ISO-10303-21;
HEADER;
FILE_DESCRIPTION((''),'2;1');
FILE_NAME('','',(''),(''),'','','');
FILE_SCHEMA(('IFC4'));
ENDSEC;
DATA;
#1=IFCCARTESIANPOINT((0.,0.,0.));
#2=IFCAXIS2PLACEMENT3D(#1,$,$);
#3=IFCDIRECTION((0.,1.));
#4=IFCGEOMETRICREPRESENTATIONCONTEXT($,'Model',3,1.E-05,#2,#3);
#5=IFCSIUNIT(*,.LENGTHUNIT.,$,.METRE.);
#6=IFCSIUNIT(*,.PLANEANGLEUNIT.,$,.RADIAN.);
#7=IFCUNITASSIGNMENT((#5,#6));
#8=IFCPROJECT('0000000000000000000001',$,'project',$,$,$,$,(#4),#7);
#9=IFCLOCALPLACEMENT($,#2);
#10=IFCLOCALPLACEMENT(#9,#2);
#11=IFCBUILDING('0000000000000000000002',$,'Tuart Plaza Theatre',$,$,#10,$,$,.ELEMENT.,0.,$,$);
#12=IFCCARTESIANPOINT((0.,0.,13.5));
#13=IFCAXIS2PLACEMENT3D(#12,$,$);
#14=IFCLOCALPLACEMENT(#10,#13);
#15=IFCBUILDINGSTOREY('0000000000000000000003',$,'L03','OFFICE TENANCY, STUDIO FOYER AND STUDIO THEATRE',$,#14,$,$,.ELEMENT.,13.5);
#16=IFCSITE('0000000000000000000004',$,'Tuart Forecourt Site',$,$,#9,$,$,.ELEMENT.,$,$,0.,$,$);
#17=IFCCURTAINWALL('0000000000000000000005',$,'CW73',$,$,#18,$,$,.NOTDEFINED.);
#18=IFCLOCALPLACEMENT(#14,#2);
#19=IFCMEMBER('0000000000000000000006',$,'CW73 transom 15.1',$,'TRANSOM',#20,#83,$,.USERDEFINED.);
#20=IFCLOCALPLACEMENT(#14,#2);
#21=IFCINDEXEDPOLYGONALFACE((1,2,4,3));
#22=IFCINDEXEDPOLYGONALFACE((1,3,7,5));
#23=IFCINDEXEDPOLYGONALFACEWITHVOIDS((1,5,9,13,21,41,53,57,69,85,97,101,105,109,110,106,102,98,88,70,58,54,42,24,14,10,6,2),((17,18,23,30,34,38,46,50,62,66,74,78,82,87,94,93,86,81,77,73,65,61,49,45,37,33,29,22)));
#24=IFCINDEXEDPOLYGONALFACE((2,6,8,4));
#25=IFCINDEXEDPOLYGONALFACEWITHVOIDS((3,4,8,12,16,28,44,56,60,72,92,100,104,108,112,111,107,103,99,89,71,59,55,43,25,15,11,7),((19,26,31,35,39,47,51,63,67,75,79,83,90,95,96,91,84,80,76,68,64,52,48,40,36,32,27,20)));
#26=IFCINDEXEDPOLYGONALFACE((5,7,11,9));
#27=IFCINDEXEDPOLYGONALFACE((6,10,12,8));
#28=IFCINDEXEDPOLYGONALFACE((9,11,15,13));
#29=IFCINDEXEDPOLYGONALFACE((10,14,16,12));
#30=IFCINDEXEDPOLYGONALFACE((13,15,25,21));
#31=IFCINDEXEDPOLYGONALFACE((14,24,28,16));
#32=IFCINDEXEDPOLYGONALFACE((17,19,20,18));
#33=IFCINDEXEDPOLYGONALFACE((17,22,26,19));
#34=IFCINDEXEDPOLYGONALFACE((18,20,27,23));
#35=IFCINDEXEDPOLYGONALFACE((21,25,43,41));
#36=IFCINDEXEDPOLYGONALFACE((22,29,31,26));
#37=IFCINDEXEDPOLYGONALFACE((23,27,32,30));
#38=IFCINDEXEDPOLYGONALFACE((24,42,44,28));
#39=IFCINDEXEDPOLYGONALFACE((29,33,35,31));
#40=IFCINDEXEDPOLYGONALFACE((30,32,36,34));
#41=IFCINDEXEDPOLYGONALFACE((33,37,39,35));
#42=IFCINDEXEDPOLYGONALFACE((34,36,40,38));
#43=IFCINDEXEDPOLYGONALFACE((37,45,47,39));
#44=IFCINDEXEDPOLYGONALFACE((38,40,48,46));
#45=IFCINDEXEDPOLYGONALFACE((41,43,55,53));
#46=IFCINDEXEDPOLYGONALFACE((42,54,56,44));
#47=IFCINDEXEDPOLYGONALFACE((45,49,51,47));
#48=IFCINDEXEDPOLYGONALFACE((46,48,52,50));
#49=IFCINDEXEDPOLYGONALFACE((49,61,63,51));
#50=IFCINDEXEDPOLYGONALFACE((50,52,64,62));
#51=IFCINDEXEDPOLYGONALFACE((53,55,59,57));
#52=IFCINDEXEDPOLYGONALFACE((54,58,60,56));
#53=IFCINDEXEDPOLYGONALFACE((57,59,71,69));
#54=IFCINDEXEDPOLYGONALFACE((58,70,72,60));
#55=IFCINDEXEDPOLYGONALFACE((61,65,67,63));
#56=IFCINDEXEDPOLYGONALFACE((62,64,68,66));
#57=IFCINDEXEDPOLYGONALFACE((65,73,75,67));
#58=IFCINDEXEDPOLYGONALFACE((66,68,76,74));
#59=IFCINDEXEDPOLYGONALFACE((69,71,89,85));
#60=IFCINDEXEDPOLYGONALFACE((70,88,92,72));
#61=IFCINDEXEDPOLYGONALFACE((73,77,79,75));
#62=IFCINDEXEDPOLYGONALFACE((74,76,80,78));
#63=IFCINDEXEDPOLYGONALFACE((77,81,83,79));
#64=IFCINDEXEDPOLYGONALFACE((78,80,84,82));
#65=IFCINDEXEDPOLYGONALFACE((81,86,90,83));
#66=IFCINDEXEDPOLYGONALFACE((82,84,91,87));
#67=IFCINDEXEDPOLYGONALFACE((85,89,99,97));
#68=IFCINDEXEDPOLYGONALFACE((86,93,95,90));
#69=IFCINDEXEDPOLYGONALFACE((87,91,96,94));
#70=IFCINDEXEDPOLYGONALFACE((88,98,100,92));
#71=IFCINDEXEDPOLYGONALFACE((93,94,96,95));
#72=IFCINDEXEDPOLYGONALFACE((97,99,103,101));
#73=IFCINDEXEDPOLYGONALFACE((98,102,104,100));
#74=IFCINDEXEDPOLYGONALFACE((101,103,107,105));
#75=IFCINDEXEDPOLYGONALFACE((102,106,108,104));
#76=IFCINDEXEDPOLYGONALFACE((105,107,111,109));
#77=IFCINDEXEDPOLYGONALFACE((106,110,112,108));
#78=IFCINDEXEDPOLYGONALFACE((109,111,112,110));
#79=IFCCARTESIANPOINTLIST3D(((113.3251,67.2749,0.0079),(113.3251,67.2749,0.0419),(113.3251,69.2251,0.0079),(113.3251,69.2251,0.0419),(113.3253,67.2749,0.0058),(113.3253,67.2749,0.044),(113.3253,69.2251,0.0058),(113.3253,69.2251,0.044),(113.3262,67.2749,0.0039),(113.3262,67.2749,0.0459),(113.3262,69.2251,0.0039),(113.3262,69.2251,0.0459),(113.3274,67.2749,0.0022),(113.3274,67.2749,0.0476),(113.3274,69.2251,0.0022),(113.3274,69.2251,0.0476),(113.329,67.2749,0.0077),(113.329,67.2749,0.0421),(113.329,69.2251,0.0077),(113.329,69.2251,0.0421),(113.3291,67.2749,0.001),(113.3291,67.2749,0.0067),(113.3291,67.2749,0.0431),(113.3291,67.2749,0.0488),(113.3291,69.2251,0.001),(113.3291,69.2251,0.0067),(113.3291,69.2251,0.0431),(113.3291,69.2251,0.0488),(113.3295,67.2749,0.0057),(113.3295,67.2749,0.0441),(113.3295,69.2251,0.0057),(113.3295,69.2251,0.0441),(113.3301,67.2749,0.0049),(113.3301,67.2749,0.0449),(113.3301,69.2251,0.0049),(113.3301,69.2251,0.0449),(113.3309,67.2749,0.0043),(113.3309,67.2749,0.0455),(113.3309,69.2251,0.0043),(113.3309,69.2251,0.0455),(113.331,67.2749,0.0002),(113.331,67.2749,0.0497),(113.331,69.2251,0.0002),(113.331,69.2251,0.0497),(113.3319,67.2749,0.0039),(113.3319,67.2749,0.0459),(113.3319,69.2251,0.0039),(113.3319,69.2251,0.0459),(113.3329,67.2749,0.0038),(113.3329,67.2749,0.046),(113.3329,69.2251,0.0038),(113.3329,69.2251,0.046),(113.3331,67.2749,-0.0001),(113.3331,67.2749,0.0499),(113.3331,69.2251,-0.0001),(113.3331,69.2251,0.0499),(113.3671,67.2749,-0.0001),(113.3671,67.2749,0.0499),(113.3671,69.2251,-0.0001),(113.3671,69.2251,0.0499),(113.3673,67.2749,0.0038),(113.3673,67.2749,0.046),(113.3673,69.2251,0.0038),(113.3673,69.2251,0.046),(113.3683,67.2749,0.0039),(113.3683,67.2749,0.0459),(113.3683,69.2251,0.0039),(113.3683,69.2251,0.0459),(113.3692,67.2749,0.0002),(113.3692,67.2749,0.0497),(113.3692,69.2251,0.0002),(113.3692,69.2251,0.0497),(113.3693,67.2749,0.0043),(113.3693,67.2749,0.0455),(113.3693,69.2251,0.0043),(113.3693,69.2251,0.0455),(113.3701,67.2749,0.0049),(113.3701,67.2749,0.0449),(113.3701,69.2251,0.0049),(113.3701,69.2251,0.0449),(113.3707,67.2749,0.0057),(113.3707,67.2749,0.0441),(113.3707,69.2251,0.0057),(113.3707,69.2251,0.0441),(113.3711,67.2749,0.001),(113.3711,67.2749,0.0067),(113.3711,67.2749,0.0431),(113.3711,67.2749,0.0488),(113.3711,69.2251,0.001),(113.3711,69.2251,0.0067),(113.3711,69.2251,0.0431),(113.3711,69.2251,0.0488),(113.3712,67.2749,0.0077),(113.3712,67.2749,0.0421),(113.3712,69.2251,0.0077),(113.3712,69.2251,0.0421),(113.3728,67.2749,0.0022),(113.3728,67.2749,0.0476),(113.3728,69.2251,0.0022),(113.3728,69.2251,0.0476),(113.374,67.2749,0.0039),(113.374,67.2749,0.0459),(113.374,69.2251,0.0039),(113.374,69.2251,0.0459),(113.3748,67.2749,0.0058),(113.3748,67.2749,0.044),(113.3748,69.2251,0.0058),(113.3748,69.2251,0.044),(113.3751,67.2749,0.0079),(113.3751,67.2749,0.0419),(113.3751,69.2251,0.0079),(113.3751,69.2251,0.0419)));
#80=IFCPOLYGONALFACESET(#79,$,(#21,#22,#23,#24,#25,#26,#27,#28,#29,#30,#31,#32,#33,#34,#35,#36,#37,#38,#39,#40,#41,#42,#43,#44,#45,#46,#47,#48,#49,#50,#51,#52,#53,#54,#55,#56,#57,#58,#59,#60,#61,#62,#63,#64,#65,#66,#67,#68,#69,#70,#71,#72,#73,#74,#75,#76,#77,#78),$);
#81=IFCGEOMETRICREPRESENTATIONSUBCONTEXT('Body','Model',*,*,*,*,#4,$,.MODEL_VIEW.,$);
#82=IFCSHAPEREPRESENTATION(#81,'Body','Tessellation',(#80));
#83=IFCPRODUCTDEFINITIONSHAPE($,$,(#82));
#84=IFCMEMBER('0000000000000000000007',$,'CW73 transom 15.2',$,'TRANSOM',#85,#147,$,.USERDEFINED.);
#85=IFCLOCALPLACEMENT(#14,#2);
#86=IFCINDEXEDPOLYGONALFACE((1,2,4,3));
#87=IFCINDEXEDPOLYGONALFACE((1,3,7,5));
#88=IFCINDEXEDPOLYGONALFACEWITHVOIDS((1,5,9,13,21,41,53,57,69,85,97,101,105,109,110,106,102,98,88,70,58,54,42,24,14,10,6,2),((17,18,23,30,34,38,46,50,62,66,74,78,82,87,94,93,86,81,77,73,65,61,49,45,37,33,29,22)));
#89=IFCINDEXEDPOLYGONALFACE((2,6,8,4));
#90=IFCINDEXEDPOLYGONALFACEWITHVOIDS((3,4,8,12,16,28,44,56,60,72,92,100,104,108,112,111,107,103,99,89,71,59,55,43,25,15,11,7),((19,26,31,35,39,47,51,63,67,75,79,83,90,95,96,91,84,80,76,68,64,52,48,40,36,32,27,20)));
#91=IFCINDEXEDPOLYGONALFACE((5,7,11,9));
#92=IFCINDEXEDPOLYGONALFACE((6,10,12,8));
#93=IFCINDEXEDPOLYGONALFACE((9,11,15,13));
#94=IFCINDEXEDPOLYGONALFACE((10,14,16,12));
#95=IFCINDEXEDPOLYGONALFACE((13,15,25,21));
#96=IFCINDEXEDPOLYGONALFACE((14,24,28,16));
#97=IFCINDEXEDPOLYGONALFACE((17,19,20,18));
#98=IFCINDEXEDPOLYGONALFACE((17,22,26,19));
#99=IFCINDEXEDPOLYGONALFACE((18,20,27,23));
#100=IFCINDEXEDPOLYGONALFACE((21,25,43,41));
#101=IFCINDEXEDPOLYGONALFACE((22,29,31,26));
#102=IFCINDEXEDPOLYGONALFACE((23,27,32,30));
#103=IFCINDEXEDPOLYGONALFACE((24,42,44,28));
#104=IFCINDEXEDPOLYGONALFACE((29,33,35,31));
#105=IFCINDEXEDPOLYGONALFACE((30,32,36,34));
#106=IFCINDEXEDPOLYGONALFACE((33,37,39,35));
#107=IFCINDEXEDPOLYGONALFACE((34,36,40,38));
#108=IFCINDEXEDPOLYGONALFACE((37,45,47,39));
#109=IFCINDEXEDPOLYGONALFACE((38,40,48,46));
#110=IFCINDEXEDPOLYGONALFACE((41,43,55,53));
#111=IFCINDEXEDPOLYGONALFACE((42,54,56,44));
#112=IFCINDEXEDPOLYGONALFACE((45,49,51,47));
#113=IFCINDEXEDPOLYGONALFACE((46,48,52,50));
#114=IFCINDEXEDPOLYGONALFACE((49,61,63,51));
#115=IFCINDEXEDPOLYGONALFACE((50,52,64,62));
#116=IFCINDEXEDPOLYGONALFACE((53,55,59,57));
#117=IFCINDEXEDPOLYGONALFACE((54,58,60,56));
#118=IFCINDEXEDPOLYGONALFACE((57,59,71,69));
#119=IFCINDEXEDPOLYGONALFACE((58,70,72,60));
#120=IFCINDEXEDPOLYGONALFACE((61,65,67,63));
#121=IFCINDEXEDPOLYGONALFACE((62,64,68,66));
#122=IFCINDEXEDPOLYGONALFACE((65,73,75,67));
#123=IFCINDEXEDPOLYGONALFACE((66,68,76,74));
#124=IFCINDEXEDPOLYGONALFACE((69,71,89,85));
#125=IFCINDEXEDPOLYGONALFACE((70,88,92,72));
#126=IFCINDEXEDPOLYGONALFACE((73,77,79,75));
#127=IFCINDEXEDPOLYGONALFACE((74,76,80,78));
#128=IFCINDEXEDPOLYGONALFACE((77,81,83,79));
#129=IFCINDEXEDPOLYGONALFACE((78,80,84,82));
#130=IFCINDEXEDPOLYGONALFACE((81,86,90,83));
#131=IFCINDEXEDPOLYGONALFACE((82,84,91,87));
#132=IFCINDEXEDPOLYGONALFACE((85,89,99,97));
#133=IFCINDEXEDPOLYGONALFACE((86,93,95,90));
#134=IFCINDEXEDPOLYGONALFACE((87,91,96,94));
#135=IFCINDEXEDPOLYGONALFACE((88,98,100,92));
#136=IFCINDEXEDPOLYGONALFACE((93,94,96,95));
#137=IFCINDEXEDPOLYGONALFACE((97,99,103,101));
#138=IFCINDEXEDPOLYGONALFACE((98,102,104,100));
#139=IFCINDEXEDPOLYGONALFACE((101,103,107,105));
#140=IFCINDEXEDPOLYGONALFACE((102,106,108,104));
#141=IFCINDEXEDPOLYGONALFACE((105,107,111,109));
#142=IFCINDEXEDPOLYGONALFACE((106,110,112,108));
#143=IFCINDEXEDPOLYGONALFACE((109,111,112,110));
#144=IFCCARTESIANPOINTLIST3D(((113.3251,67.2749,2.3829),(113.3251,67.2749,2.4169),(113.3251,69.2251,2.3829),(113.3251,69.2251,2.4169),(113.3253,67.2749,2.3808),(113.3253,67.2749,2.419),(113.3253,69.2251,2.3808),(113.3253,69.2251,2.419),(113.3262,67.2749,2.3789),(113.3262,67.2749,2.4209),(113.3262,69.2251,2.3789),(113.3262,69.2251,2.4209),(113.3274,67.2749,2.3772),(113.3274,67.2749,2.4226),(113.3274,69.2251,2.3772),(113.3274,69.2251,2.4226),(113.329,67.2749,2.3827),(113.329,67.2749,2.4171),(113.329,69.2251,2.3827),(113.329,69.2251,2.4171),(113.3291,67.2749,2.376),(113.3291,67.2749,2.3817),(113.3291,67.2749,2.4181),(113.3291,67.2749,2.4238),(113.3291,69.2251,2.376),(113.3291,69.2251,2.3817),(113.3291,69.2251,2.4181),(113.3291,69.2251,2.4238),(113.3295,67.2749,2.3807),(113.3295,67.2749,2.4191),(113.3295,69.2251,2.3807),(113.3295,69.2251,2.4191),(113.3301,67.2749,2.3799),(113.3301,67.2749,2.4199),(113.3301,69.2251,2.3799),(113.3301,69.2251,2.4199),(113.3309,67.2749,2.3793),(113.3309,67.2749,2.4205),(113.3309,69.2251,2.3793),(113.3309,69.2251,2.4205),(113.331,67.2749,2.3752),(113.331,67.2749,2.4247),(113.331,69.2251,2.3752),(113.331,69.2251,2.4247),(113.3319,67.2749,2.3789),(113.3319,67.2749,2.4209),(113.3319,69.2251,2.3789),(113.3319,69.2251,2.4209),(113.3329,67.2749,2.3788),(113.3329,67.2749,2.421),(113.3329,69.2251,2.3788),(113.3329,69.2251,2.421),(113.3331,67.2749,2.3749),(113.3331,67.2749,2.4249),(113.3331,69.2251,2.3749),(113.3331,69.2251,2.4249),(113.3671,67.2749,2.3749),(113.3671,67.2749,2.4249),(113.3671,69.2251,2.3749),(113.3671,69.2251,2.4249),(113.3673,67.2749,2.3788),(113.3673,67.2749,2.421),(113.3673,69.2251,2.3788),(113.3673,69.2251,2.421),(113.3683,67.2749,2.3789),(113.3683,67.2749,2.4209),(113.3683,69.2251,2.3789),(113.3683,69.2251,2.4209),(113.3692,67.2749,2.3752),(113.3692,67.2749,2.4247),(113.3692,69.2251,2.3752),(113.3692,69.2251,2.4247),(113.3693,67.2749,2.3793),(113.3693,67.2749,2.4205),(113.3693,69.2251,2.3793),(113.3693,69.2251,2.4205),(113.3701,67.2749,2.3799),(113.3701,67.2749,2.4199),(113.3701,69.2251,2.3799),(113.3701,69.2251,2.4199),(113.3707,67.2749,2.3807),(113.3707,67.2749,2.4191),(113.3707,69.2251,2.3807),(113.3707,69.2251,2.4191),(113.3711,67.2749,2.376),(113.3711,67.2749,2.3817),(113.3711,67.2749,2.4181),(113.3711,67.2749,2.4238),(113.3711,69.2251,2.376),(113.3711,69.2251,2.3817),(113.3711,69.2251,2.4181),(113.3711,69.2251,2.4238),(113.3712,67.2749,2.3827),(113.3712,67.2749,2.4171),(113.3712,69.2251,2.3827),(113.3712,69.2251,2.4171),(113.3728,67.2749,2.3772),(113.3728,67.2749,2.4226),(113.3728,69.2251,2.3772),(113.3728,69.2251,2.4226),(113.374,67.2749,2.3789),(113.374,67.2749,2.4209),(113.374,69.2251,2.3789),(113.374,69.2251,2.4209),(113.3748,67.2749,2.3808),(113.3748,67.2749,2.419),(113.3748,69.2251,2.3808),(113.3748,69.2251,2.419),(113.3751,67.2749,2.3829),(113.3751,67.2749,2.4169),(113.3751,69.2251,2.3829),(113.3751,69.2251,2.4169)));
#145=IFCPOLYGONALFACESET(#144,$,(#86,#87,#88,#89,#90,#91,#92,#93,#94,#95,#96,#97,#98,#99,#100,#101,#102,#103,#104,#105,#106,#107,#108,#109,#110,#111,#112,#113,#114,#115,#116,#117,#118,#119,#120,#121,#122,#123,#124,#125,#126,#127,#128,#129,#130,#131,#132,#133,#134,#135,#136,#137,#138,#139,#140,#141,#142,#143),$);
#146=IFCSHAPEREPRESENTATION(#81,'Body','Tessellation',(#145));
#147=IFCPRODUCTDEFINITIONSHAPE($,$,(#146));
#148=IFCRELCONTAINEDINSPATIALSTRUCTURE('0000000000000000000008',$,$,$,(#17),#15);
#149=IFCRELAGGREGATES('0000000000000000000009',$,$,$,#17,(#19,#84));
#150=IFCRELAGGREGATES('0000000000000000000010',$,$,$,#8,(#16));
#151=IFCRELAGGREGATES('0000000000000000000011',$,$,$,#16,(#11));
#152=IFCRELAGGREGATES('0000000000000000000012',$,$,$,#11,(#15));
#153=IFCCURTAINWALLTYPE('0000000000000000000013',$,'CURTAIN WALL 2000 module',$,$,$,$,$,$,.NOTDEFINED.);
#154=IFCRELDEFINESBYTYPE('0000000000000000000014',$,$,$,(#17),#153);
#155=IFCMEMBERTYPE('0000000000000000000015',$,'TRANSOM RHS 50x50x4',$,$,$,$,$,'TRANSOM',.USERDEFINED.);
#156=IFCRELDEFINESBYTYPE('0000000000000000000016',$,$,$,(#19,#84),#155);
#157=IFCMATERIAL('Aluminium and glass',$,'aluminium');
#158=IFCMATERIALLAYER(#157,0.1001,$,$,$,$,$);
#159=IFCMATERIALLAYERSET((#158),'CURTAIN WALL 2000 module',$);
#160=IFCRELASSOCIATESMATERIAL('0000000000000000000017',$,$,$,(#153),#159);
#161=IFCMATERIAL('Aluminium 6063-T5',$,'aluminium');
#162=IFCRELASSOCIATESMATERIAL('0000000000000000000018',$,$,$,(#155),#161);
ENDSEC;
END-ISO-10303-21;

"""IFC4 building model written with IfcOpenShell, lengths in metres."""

from ifc_helpers import new_model, si_unit, direction, frame, origin, origin_2d, place, context, subcontext, project, spatial, hollow_rectangle, extrude, material, layer, layer_set, material_profile, profile_set, type_object, element, aggregate, save


model = new_model("IFC4")

# Units and contexts
model_context = context("Model", 3, precision=1e-05, world=origin(), true_north=direction((0.0, 1.0)))
body_context = subcontext(model_context, "Body", "Model", "MODEL_VIEW")
ifc_project = project(units=[si_unit("LENGTHUNIT", "METRE"), si_unit("PLANEANGLEUNIT", "RADIAN")], contexts=[model_context])

# Site, building, storey
site_placement = place(None, origin())
site = spatial("IfcSite", under=ifc_project, at=site_placement, Name="Tuart Forecourt Site", CompositionType="ELEMENT", RefElevation=0.0)
building_placement = place(site_placement, origin())
building = spatial("IfcBuilding", under=site, at=building_placement, Name="Tuart Plaza Theatre", CompositionType="ELEMENT", ElevationOfRefHeight=0.0)
storey_placement = place(building_placement, frame((0.0, 0.0, 13.5)))
storey = spatial("IfcBuildingStorey", under=building, at=storey_placement, Name="L03", Description="OFFICE TENANCY, STUDIO FOYER AND STUDIO THEATRE", CompositionType="ELEMENT", Elevation=13.5)

# Curtain wall, members
ifc_material_1 = material(Name="Aluminium and glass", Category="aluminium")
ifc_layer_1 = layer(ifc_material_1, 0.1001)
ifc_layer_set_1 = layer_set([ifc_layer_1], Name="CURTAIN WALL 2000 module")
curtain_wall_type = type_object("IfcCurtainWallType", Name="CURTAIN WALL 2000 module", PredefinedType="NOTDEFINED", material=ifc_layer_set_1)
curtain_wall_placement = place(storey_placement, origin())
curtain_wall = element("IfcCurtainWall", 1, at=curtain_wall_placement, inside=storey, type_object=curtain_wall_type, Name="CW73", PredefinedType="NOTDEFINED")
ifc_material_2 = material(Name="Aluminium 6063-T5", Category="aluminium")
ifc_material_profile_1 = material_profile(ifc_material_2, hollow_rectangle(XDim=0.05, YDim=0.05, WallThickness=0.0039, InnerFilletRadius=0.0039, OuterFilletRadius=0.0081, at=origin_2d()), Name="RHS 50x50x4")
ifc_profile_set_1 = profile_set([ifc_material_profile_1], Name="Aluminium 6063-T5")
member_type_1 = type_object("IfcMemberType", Name="TRANSOM RHS 50x50x4", ElementType="TRANSOM", PredefinedType="USERDEFINED", material=ifc_profile_set_1)
member_1_placement = place(storey_placement, frame((113.3501, 69.2251, 0.0249), z_axis=(0.0, -1.0, 0.0), x_axis=(1.0, 0.0, 0.0)))
member_1 = element("IfcMember", 2, at=member_1_placement, type_object=member_type_1, Name="CW73 transom 15.1", ObjectType="TRANSOM", PredefinedType="USERDEFINED", context=body_context, shape_type="SweptSolid", body=[
    extrude(hollow_rectangle(XDim=0.05, YDim=0.05, WallThickness=0.0039, InnerFilletRadius=0.0039, OuterFilletRadius=0.0081, at=origin_2d()), origin(), (0.0, 0.0, 1.0), 1.9502),
])
member_2_placement = place(storey_placement, frame((113.3501, 69.2251, 2.3999), z_axis=(0.0, -1.0, 0.0), x_axis=(1.0, 0.0, 0.0)))
member_2 = element("IfcMember", 3, at=member_2_placement, type_object=member_type_1, Name="CW73 transom 15.2", ObjectType="TRANSOM", PredefinedType="USERDEFINED", context=body_context, shape_type="SweptSolid", body=[
    extrude(hollow_rectangle(XDim=0.05, YDim=0.05, WallThickness=0.0039, InnerFilletRadius=0.0039, OuterFilletRadius=0.0081, at=origin_2d()), origin(), (0.0, 0.0, 1.0), 1.9502),
])
aggregate(curtain_wall, [member_1, member_2])

save(model, "model.ifc")
